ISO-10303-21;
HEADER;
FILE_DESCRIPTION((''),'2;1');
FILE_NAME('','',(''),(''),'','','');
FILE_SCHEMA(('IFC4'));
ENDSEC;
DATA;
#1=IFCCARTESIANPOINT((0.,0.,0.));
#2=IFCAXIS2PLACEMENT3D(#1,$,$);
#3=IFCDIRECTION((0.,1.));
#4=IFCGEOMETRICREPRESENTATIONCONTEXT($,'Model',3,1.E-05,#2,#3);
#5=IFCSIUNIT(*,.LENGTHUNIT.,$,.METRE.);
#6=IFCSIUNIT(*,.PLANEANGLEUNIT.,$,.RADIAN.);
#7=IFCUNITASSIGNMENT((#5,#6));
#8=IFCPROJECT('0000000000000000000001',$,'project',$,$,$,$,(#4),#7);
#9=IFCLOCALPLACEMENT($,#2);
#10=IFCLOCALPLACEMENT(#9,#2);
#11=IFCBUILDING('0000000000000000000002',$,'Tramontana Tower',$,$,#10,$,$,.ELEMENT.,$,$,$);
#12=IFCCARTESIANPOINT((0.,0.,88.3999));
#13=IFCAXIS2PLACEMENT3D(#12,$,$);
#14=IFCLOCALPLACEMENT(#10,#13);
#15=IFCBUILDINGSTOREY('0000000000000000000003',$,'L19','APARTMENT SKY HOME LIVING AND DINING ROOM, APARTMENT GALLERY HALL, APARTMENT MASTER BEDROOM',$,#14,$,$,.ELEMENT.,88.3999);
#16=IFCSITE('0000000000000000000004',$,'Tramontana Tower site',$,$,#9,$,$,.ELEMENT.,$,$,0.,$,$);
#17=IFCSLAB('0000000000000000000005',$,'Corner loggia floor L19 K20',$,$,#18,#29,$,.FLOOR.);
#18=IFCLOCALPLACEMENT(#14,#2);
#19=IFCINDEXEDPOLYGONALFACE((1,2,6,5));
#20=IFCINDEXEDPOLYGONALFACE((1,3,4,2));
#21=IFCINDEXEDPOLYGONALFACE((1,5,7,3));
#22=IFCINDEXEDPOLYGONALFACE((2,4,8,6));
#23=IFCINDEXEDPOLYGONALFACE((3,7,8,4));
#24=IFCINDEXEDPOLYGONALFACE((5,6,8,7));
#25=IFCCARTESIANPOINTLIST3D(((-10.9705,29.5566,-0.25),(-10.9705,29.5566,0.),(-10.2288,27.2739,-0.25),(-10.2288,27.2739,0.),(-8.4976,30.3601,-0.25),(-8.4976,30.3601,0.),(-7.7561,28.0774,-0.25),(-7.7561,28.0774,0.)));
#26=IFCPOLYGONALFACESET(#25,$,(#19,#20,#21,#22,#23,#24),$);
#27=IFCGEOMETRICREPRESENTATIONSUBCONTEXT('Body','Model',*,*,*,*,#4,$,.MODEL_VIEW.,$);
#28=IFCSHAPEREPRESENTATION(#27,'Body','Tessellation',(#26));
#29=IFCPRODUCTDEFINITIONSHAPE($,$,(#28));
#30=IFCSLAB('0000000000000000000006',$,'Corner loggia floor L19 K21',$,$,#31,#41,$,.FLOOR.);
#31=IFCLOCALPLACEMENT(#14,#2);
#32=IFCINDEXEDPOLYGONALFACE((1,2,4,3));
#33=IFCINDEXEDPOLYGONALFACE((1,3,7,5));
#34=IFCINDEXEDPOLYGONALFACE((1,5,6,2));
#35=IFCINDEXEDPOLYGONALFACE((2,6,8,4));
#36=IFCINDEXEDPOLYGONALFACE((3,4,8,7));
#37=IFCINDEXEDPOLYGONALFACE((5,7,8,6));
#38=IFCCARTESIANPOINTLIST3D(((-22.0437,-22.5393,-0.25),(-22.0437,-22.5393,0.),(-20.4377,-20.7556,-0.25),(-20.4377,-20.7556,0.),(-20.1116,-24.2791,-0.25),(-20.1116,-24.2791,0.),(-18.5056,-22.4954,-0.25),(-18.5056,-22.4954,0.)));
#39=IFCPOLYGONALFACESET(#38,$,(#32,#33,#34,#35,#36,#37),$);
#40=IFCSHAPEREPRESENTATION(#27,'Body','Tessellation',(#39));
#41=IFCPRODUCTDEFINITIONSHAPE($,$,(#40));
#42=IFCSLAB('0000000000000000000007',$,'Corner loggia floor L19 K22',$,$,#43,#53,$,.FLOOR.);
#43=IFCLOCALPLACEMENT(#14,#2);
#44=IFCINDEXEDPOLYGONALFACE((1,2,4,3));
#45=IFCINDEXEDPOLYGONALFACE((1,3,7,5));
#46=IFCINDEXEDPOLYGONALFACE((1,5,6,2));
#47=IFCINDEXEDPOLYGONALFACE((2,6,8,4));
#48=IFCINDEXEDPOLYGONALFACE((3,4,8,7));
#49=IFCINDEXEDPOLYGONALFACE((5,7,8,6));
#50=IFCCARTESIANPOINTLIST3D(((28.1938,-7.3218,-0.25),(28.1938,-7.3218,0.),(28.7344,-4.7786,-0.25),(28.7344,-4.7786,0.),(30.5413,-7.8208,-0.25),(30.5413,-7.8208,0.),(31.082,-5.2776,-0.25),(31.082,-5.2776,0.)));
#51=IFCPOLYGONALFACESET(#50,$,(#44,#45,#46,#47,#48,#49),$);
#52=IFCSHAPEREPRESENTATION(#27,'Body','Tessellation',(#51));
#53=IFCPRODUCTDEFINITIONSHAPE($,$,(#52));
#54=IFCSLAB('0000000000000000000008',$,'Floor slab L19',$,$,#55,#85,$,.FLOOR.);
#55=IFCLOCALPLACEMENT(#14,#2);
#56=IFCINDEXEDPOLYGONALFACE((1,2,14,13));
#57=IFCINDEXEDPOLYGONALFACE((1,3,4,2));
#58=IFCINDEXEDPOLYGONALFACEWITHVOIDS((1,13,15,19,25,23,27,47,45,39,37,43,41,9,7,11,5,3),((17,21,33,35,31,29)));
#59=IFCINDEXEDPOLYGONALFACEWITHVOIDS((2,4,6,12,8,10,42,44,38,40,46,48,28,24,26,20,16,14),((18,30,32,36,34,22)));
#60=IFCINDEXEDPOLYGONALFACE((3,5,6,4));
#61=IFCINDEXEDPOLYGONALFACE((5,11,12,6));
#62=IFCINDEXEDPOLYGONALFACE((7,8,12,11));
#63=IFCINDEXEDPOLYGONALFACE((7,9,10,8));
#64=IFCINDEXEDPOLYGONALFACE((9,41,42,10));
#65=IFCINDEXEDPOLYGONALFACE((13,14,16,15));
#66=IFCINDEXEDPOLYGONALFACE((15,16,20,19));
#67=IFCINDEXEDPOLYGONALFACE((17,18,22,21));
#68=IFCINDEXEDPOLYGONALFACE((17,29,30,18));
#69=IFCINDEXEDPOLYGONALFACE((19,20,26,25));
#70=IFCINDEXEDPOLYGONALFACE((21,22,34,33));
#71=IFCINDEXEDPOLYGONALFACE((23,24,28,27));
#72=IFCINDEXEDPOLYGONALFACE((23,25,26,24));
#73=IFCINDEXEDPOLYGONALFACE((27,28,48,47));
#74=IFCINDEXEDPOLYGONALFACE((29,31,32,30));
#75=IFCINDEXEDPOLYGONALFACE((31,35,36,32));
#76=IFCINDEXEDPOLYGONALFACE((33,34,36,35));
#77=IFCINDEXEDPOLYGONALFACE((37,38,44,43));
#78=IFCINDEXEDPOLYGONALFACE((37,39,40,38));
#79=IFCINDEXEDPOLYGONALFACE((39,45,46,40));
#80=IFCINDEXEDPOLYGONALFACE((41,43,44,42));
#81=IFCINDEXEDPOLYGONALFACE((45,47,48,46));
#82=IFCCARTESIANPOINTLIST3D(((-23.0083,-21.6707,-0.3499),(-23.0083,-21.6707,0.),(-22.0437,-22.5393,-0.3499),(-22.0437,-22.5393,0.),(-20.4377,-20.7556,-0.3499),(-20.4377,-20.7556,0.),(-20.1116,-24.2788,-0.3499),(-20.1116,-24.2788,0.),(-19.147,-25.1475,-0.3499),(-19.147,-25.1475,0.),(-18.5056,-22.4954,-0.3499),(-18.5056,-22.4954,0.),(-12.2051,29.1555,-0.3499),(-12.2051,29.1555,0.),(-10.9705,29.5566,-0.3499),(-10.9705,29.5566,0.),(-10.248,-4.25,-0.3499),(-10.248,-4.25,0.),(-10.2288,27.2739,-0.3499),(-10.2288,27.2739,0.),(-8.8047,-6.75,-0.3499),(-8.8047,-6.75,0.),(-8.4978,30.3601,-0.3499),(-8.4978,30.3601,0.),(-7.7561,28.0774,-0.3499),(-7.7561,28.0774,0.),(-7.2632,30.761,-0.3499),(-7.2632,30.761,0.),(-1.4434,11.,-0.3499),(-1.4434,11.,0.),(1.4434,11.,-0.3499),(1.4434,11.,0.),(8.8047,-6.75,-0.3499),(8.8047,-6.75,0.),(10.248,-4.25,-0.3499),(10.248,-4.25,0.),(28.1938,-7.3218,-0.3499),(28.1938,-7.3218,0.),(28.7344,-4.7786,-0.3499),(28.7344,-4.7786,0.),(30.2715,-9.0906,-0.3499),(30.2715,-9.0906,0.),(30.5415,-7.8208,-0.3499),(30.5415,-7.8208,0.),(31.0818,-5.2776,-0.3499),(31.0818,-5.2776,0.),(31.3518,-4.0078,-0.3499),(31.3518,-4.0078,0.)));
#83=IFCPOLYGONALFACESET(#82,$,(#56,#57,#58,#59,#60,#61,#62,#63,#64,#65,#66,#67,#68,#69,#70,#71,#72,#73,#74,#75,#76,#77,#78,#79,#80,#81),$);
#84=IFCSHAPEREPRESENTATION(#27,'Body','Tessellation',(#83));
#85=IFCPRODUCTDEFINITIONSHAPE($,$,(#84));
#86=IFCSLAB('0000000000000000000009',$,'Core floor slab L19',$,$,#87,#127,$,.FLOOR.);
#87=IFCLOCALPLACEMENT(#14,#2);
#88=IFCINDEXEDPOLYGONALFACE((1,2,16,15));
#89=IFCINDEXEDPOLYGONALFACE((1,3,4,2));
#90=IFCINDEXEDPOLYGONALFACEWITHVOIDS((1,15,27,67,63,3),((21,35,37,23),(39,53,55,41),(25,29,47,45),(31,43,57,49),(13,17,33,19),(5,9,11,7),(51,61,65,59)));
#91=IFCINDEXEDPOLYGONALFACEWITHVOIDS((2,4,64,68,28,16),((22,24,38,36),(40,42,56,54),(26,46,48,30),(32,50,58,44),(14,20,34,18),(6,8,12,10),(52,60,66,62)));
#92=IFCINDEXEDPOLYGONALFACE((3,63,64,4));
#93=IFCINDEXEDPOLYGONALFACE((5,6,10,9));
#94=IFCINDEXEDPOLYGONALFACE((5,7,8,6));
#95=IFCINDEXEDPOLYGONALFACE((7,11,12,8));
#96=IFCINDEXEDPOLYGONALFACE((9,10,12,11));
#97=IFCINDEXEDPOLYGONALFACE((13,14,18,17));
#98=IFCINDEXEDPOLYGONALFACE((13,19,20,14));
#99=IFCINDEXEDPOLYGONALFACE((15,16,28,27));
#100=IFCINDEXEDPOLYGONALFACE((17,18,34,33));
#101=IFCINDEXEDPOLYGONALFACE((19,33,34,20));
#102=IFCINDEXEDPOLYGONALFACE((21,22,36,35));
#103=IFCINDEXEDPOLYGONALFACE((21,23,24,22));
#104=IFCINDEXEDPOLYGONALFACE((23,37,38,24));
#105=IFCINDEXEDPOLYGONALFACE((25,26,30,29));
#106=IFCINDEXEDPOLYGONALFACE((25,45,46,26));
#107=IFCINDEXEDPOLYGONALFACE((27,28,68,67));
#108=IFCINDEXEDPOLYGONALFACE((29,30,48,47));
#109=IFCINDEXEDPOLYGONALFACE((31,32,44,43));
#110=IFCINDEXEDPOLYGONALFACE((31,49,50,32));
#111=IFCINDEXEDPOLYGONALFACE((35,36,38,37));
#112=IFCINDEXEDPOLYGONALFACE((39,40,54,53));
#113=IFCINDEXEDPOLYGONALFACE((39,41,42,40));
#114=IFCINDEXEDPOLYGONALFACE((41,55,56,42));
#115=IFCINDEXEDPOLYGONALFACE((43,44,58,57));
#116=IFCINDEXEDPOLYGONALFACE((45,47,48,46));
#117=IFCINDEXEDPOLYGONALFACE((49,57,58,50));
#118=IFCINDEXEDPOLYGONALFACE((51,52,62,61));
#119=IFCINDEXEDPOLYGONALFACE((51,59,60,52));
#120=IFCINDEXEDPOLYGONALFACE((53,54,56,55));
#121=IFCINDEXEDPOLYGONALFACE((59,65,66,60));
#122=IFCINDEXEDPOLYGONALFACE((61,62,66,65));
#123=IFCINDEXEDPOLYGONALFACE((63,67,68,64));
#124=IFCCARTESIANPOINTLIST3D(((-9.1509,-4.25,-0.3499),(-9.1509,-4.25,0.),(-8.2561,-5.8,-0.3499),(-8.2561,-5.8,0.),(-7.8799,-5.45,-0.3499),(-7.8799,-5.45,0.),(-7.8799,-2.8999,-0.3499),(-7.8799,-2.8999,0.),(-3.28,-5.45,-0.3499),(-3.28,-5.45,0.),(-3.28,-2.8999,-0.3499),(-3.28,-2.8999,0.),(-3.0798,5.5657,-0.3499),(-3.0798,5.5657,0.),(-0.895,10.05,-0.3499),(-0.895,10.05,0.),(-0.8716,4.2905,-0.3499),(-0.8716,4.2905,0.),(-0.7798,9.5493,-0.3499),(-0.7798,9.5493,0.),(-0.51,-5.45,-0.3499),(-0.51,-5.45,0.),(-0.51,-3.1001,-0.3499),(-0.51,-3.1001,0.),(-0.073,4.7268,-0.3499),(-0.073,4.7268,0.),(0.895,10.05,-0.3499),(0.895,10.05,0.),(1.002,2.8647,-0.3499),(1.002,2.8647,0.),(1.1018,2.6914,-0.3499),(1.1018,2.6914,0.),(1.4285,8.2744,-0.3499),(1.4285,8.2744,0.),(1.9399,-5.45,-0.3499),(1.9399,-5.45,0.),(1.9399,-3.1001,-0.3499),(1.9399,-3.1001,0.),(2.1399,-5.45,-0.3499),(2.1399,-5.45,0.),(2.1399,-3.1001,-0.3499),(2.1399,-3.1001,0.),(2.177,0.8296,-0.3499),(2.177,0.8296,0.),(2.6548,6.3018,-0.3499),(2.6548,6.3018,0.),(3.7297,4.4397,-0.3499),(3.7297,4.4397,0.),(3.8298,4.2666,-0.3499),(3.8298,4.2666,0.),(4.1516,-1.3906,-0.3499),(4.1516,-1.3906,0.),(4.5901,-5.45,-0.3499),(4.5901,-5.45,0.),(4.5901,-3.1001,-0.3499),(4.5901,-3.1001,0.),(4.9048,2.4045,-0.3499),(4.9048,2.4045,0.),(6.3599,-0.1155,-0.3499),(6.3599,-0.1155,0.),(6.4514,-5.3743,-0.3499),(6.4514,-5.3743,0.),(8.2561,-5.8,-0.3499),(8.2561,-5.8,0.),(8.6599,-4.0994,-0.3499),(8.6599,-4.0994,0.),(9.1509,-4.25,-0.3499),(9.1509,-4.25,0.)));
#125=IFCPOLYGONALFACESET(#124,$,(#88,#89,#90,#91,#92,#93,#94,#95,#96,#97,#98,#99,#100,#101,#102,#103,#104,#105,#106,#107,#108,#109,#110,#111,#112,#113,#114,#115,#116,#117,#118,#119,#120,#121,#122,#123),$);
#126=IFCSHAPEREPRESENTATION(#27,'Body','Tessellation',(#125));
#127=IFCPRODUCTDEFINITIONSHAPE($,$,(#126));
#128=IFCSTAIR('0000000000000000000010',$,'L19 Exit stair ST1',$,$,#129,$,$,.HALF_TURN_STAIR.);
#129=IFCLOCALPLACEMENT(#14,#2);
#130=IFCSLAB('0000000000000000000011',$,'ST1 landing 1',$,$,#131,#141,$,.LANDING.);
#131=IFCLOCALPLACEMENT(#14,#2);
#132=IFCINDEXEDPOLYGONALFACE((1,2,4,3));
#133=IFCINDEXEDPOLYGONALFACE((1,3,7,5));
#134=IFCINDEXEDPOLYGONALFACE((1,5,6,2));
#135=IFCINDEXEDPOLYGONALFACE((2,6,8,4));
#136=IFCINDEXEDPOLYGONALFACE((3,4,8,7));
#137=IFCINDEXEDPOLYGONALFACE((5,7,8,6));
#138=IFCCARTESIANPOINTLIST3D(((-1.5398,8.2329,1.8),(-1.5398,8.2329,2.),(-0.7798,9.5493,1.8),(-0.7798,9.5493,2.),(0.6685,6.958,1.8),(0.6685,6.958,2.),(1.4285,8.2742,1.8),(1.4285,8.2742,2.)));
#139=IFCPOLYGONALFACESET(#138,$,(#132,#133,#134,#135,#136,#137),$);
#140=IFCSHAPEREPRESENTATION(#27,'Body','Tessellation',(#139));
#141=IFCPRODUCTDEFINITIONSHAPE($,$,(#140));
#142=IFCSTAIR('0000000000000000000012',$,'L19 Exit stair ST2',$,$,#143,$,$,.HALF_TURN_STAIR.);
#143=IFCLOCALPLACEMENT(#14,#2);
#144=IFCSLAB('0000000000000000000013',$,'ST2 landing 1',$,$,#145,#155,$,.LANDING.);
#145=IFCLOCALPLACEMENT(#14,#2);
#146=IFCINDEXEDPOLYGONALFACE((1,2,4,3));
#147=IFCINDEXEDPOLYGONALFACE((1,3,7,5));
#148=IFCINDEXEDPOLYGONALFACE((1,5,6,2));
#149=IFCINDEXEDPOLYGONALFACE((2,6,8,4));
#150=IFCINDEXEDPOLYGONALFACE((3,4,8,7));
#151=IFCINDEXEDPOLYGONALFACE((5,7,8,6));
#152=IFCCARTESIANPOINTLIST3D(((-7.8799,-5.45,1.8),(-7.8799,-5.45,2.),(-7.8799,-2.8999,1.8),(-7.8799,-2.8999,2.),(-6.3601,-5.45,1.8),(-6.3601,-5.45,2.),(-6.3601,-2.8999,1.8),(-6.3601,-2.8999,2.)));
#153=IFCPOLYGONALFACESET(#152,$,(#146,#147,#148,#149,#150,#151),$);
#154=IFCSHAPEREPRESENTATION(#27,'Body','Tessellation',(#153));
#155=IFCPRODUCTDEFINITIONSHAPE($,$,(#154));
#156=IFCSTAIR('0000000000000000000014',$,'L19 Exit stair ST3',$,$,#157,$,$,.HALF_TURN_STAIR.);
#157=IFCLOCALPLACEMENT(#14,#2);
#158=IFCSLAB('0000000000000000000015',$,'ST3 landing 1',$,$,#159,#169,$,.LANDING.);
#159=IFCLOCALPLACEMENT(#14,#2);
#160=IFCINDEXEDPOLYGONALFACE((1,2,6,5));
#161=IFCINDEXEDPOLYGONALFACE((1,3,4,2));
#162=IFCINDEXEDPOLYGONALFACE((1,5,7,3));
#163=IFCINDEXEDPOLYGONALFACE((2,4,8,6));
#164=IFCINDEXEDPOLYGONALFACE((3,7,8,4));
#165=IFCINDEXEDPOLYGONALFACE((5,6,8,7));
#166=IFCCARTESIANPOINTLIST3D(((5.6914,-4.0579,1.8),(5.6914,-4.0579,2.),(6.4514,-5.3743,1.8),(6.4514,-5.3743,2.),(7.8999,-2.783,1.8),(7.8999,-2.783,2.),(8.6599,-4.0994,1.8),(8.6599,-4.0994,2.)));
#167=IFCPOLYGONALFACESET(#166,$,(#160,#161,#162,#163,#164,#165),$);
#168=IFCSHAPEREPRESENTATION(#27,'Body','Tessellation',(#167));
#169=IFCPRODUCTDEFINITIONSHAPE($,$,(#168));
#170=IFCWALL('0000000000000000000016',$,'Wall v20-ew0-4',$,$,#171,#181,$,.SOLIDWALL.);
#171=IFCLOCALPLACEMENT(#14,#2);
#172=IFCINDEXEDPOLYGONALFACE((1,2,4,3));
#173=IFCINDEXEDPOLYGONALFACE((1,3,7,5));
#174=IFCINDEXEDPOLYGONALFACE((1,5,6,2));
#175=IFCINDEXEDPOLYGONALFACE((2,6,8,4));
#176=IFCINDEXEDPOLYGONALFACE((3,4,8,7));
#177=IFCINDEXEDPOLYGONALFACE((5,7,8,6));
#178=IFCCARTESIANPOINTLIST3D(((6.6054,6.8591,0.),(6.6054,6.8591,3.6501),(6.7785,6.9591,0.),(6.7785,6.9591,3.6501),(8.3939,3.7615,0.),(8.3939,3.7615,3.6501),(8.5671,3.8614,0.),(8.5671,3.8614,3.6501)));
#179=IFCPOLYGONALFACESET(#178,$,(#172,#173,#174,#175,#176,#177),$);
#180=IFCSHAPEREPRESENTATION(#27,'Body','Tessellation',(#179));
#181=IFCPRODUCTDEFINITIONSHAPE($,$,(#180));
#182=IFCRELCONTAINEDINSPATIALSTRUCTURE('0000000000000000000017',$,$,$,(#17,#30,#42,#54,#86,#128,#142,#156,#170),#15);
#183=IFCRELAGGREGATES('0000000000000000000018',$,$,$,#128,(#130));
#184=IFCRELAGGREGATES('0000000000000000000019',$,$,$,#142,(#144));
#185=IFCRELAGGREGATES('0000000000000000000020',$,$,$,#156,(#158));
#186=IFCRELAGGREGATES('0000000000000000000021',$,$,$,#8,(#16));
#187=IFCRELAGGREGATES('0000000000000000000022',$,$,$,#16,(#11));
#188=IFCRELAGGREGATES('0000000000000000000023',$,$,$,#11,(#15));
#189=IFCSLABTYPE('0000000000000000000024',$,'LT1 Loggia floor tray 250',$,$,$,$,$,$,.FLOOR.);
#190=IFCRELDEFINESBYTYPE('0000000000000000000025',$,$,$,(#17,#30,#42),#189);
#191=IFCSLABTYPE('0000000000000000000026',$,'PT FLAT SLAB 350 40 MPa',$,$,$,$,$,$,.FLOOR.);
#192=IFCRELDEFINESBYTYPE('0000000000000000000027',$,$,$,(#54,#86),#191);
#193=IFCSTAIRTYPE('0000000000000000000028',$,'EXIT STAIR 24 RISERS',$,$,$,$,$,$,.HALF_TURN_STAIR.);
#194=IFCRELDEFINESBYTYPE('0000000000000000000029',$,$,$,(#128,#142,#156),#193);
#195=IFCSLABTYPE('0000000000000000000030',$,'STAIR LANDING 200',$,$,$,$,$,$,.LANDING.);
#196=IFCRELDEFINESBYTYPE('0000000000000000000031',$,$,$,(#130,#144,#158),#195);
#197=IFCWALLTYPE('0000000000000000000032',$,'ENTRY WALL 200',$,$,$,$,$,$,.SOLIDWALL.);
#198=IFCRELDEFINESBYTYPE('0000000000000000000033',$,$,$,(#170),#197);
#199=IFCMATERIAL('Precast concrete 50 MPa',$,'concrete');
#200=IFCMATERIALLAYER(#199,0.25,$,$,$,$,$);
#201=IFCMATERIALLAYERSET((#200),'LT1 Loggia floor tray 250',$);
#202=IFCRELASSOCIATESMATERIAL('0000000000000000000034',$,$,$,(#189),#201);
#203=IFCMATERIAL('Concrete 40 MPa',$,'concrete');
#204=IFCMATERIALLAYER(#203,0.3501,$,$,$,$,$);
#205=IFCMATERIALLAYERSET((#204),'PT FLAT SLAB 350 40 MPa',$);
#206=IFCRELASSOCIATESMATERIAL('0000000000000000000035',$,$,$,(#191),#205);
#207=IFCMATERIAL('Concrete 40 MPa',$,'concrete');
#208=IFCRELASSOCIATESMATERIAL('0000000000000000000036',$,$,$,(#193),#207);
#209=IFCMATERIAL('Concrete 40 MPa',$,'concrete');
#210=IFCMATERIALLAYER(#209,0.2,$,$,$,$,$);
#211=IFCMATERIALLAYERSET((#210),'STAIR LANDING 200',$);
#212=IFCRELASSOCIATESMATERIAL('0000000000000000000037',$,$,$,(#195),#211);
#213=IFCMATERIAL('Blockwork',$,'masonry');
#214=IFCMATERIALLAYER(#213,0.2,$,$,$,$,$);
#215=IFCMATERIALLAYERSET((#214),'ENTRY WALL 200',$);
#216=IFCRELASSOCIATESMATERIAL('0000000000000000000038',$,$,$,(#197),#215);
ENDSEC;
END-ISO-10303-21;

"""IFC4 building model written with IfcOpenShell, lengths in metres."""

from ifc_helpers import new_model, si_unit, direction, frame, frame_2d, origin, place, context, subcontext, project, spatial, polyline, rectangle, outline, extrude, material, layer, layer_set, type_object, element, aggregate, save


model = new_model("IFC4")

# Units and contexts
model_context = context("Model", 3, precision=1e-05, world=origin(), true_north=direction((0.0, 1.0)))
body_context = subcontext(model_context, "Body", "Model", "MODEL_VIEW")
ifc_project = project(units=[si_unit("LENGTHUNIT", "METRE"), si_unit("PLANEANGLEUNIT", "RADIAN")], contexts=[model_context])

# Site, building, storey
site_placement = place(None, origin())
site = spatial("IfcSite", under=ifc_project, at=site_placement, Name="Tramontana Tower site", CompositionType="ELEMENT", RefElevation=0.0)
building_placement = place(site_placement, origin())
building = spatial("IfcBuilding", under=site, at=building_placement, Name="Tramontana Tower", CompositionType="ELEMENT")
storey_placement = place(building_placement, frame((0.0, 0.0, 88.3999)))
storey = spatial("IfcBuildingStorey", under=building, at=storey_placement, Name="L19", Description="APARTMENT SKY HOME LIVING AND DINING ROOM, APARTMENT GALLERY HALL, APARTMENT MASTER BEDROOM", CompositionType="ELEMENT", Elevation=88.3999)

# Slabs
ifc_material_1 = material(Name="Precast concrete 50 MPa", Category="concrete")
ifc_layer_1 = layer(ifc_material_1, 0.25)
ifc_layer_set_1 = layer_set([ifc_layer_1], Name="LT1 Loggia floor tray 250")
slab_type_1 = type_object("IfcSlabType", Name="LT1 Loggia floor tray 250", PredefinedType="FLOOR", material=ifc_layer_set_1)
slab_1_placement = place(storey_placement, frame((0.0, 0.0, -0.25)))
element("IfcSlab", 1, at=slab_1_placement, inside=storey, type_object=slab_type_1, Name="Corner loggia floor L19 K20", PredefinedType="FLOOR", context=body_context, shape_type="SweptSolid", body=[
    extrude(outline(polyline([(-8.4976, 30.3601), (-7.7561, 28.0774), (-10.2288, 27.2739), (-10.9705, 29.5566), (-8.4976, 30.3601)])), origin(), (0.0, 0.0, 1.0), 0.25),
])
slab_2_placement = place(storey_placement, frame((0.0, 0.0, -0.25)))
element("IfcSlab", 2, at=slab_2_placement, inside=storey, type_object=slab_type_1, Name="Corner loggia floor L19 K21", PredefinedType="FLOOR", context=body_context, shape_type="SweptSolid", body=[
    extrude(outline(polyline([(-22.0437, -22.5393), (-20.4377, -20.7556), (-18.5056, -22.4954), (-20.1116, -24.2791), (-22.0437, -22.5393)])), origin(), (0.0, 0.0, 1.0), 0.25),
])
slab_3_placement = place(storey_placement, frame((0.0, 0.0, -0.25)))
element("IfcSlab", 3, at=slab_3_placement, inside=storey, type_object=slab_type_1, Name="Corner loggia floor L19 K22", PredefinedType="FLOOR", context=body_context, shape_type="SweptSolid", body=[
    extrude(outline(polyline([(30.5413, -7.8208), (28.1938, -7.3218), (28.7344, -4.7786), (31.082, -5.2776), (30.5413, -7.8208)])), origin(), (0.0, 0.0, 1.0), 0.25),
])
ifc_material_2 = material(Name="Concrete 40 MPa", Category="concrete")
ifc_layer_2 = layer(ifc_material_2, 0.3501)
ifc_layer_set_2 = layer_set([ifc_layer_2], Name="PT FLAT SLAB 350 40 MPa")
slab_type_2 = type_object("IfcSlabType", Name="PT FLAT SLAB 350 40 MPa", PredefinedType="FLOOR", material=ifc_layer_set_2)
slab_4_placement = place(storey_placement, frame((0.0, 0.0, -0.3499)))
element("IfcSlab", 4, at=slab_4_placement, inside=storey, type_object=slab_type_2, Name="Floor slab L19", PredefinedType="FLOOR", context=body_context, shape_type="SweptSolid", body=[
    extrude(outline(polyline([(31.0818, -5.2776), (28.7344, -4.7786), (28.1938, -7.3218), (30.5415, -7.8208), (30.2715, -9.0906), (-19.147, -25.1475), (-20.1116, -24.2788), (-18.5056, -22.4954), (-20.4377, -20.7556), (-22.0437, -22.5393), (-23.0083, -21.6707), (-12.2051, 29.1555), (-10.9705, 29.5566), (-10.2288, 27.2739), (-7.7561, 28.0774), (-8.4978, 30.3601), (-7.2632, 30.761), (31.3518, -4.0078), (31.0818, -5.2776)]), holes=[polyline([(-10.248, -4.25), (-8.8047, -6.75), (8.8047, -6.75), (10.248, -4.25), (1.4434, 11.0), (-1.4434, 11.0), (-10.248, -4.25)])]), origin(), (0.0, 0.0, 1.0), 0.3499),
])
slab_5_placement = place(storey_placement, frame((0.0, 0.0, -0.3499)))
element("IfcSlab", 5, at=slab_5_placement, inside=storey, type_object=slab_type_2, Name="Core floor slab L19", PredefinedType="FLOOR", context=body_context, shape_type="SweptSolid", body=[
    extrude(outline(polyline([(9.1509, -4.25), (8.2561, -5.8), (-8.2561, -5.8), (-9.1509, -4.25), (-0.895, 10.05), (0.895, 10.05), (9.1509, -4.25)]), holes=[polyline([(8.6599, -4.0994), (6.3599, -0.1155), (4.1516, -1.3906), (6.4514, -5.3743), (8.6599, -4.0994)]), polyline([(3.8298, 4.2666), (1.1018, 2.6914), (2.177, 0.8296), (4.9048, 2.4045), (3.8298, 4.2666)]), polyline([(4.5901, -3.1001), (2.1399, -3.1001), (2.1399, -5.45), (4.5901, -5.45), (4.5901, -3.1001)]), polyline([(2.6548, 6.3018), (-0.073, 4.7268), (1.002, 2.8647), (3.7297, 4.4397), (2.6548, 6.3018)]), polyline([(1.9399, -5.45), (1.9399, -3.1001), (-0.51, -3.1001), (-0.51, -5.45), (1.9399, -5.45)]), polyline([(-0.7798, 9.5493), (-3.0798, 5.5657), (-0.8716, 4.2905), (1.4285, 8.2744), (-0.7798, 9.5493)]), polyline([(-7.8799, -5.45), (-3.28, -5.45), (-3.28, -2.8999), (-7.8799, -2.8999), (-7.8799, -5.45)])]), origin(), (0.0, 0.0, 1.0), 0.3499),
])

# Stairs, slabs
ifc_material_3 = material(Name="Concrete 40 MPa", Category="concrete")
stair_type = type_object("IfcStairType", Name="EXIT STAIR 24 RISERS", PredefinedType="HALF_TURN_STAIR", material=ifc_material_3)
stair_1_placement = place(storey_placement, origin())
stair_1 = element("IfcStair", 6, at=stair_1_placement, inside=storey, type_object=stair_type, Name="L19 Exit stair ST1", PredefinedType="HALF_TURN_STAIR")
ifc_material_4 = material(Name="Concrete 40 MPa", Category="concrete")
ifc_layer_3 = layer(ifc_material_4, 0.2)
ifc_layer_set_3 = layer_set([ifc_layer_3], Name="STAIR LANDING 200")
slab_type_3 = type_object("IfcSlabType", Name="STAIR LANDING 200", PredefinedType="LANDING", material=ifc_layer_set_3)
slab_6_placement = place(storey_placement, frame((0.0, 0.0, 1.8)))
slab_6 = element("IfcSlab", 7, at=slab_6_placement, type_object=slab_type_3, Name="ST1 landing 1", PredefinedType="LANDING", context=body_context, shape_type="SweptSolid", body=[
    extrude(outline(polyline([(0.6685, 6.958), (1.4285, 8.2742), (-0.7798, 9.5493), (-1.5398, 8.2329), (0.6685, 6.958)])), origin(), (0.0, 0.0, 1.0), 0.2),
])
aggregate(stair_1, [slab_6])
stair_2_placement = place(storey_placement, origin())
stair_2 = element("IfcStair", 8, at=stair_2_placement, inside=storey, type_object=stair_type, Name="L19 Exit stair ST2", PredefinedType="HALF_TURN_STAIR")
slab_7_placement = place(storey_placement, frame((0.0, 0.0, 1.8)))
slab_7 = element("IfcSlab", 9, at=slab_7_placement, type_object=slab_type_3, Name="ST2 landing 1", PredefinedType="LANDING", context=body_context, shape_type="SweptSolid", body=[
    extrude(outline(polyline([(-6.3601, -2.8999), (-7.8799, -2.8999), (-7.8799, -5.45), (-6.3601, -5.45), (-6.3601, -2.8999)])), origin(), (0.0, 0.0, 1.0), 0.2),
])
aggregate(stair_2, [slab_7])
stair_3_placement = place(storey_placement, origin())
stair_3 = element("IfcStair", 10, at=stair_3_placement, inside=storey, type_object=stair_type, Name="L19 Exit stair ST3", PredefinedType="HALF_TURN_STAIR")
slab_8_placement = place(storey_placement, frame((0.0, 0.0, 1.8)))
slab_8 = element("IfcSlab", 11, at=slab_8_placement, type_object=slab_type_3, Name="ST3 landing 1", PredefinedType="LANDING", context=body_context, shape_type="SweptSolid", body=[
    extrude(outline(polyline([(5.6914, -4.0579), (6.4514, -5.3743), (8.6599, -4.0994), (7.8999, -2.783), (5.6914, -4.0579)])), origin(), (0.0, 0.0, 1.0), 0.2),
])

# Wall
ifc_material_5 = material(Name="Blockwork", Category="masonry")
ifc_layer_4 = layer(ifc_material_5, 0.2)
ifc_layer_set_4 = layer_set([ifc_layer_4], Name="ENTRY WALL 200")
wall_type_1 = type_object("IfcWallType", Name="ENTRY WALL 200", PredefinedType="SOLIDWALL", material=ifc_layer_set_4)
wall_1_placement = place(storey_placement, frame((6.6919, 6.9092, 0.0), z_axis=(0.0, 0.0, 1.0), x_axis=(0.50003, -0.866008, 0.0)))
element("IfcWall", 12, at=wall_1_placement, inside=storey, type_object=wall_type_1, Name="Wall v20-ew0-4", PredefinedType="SOLIDWALL", context=body_context, shape_type="SweptSolid", body=[
    extrude(rectangle(XDim=3.5769, YDim=0.2, at=frame_2d((1.7886, 0.0))), origin(), (0.0, 0.0, 1.0), 3.6501),
])

aggregate(stair_3, [slab_8])

save(model, "model.ifc")
